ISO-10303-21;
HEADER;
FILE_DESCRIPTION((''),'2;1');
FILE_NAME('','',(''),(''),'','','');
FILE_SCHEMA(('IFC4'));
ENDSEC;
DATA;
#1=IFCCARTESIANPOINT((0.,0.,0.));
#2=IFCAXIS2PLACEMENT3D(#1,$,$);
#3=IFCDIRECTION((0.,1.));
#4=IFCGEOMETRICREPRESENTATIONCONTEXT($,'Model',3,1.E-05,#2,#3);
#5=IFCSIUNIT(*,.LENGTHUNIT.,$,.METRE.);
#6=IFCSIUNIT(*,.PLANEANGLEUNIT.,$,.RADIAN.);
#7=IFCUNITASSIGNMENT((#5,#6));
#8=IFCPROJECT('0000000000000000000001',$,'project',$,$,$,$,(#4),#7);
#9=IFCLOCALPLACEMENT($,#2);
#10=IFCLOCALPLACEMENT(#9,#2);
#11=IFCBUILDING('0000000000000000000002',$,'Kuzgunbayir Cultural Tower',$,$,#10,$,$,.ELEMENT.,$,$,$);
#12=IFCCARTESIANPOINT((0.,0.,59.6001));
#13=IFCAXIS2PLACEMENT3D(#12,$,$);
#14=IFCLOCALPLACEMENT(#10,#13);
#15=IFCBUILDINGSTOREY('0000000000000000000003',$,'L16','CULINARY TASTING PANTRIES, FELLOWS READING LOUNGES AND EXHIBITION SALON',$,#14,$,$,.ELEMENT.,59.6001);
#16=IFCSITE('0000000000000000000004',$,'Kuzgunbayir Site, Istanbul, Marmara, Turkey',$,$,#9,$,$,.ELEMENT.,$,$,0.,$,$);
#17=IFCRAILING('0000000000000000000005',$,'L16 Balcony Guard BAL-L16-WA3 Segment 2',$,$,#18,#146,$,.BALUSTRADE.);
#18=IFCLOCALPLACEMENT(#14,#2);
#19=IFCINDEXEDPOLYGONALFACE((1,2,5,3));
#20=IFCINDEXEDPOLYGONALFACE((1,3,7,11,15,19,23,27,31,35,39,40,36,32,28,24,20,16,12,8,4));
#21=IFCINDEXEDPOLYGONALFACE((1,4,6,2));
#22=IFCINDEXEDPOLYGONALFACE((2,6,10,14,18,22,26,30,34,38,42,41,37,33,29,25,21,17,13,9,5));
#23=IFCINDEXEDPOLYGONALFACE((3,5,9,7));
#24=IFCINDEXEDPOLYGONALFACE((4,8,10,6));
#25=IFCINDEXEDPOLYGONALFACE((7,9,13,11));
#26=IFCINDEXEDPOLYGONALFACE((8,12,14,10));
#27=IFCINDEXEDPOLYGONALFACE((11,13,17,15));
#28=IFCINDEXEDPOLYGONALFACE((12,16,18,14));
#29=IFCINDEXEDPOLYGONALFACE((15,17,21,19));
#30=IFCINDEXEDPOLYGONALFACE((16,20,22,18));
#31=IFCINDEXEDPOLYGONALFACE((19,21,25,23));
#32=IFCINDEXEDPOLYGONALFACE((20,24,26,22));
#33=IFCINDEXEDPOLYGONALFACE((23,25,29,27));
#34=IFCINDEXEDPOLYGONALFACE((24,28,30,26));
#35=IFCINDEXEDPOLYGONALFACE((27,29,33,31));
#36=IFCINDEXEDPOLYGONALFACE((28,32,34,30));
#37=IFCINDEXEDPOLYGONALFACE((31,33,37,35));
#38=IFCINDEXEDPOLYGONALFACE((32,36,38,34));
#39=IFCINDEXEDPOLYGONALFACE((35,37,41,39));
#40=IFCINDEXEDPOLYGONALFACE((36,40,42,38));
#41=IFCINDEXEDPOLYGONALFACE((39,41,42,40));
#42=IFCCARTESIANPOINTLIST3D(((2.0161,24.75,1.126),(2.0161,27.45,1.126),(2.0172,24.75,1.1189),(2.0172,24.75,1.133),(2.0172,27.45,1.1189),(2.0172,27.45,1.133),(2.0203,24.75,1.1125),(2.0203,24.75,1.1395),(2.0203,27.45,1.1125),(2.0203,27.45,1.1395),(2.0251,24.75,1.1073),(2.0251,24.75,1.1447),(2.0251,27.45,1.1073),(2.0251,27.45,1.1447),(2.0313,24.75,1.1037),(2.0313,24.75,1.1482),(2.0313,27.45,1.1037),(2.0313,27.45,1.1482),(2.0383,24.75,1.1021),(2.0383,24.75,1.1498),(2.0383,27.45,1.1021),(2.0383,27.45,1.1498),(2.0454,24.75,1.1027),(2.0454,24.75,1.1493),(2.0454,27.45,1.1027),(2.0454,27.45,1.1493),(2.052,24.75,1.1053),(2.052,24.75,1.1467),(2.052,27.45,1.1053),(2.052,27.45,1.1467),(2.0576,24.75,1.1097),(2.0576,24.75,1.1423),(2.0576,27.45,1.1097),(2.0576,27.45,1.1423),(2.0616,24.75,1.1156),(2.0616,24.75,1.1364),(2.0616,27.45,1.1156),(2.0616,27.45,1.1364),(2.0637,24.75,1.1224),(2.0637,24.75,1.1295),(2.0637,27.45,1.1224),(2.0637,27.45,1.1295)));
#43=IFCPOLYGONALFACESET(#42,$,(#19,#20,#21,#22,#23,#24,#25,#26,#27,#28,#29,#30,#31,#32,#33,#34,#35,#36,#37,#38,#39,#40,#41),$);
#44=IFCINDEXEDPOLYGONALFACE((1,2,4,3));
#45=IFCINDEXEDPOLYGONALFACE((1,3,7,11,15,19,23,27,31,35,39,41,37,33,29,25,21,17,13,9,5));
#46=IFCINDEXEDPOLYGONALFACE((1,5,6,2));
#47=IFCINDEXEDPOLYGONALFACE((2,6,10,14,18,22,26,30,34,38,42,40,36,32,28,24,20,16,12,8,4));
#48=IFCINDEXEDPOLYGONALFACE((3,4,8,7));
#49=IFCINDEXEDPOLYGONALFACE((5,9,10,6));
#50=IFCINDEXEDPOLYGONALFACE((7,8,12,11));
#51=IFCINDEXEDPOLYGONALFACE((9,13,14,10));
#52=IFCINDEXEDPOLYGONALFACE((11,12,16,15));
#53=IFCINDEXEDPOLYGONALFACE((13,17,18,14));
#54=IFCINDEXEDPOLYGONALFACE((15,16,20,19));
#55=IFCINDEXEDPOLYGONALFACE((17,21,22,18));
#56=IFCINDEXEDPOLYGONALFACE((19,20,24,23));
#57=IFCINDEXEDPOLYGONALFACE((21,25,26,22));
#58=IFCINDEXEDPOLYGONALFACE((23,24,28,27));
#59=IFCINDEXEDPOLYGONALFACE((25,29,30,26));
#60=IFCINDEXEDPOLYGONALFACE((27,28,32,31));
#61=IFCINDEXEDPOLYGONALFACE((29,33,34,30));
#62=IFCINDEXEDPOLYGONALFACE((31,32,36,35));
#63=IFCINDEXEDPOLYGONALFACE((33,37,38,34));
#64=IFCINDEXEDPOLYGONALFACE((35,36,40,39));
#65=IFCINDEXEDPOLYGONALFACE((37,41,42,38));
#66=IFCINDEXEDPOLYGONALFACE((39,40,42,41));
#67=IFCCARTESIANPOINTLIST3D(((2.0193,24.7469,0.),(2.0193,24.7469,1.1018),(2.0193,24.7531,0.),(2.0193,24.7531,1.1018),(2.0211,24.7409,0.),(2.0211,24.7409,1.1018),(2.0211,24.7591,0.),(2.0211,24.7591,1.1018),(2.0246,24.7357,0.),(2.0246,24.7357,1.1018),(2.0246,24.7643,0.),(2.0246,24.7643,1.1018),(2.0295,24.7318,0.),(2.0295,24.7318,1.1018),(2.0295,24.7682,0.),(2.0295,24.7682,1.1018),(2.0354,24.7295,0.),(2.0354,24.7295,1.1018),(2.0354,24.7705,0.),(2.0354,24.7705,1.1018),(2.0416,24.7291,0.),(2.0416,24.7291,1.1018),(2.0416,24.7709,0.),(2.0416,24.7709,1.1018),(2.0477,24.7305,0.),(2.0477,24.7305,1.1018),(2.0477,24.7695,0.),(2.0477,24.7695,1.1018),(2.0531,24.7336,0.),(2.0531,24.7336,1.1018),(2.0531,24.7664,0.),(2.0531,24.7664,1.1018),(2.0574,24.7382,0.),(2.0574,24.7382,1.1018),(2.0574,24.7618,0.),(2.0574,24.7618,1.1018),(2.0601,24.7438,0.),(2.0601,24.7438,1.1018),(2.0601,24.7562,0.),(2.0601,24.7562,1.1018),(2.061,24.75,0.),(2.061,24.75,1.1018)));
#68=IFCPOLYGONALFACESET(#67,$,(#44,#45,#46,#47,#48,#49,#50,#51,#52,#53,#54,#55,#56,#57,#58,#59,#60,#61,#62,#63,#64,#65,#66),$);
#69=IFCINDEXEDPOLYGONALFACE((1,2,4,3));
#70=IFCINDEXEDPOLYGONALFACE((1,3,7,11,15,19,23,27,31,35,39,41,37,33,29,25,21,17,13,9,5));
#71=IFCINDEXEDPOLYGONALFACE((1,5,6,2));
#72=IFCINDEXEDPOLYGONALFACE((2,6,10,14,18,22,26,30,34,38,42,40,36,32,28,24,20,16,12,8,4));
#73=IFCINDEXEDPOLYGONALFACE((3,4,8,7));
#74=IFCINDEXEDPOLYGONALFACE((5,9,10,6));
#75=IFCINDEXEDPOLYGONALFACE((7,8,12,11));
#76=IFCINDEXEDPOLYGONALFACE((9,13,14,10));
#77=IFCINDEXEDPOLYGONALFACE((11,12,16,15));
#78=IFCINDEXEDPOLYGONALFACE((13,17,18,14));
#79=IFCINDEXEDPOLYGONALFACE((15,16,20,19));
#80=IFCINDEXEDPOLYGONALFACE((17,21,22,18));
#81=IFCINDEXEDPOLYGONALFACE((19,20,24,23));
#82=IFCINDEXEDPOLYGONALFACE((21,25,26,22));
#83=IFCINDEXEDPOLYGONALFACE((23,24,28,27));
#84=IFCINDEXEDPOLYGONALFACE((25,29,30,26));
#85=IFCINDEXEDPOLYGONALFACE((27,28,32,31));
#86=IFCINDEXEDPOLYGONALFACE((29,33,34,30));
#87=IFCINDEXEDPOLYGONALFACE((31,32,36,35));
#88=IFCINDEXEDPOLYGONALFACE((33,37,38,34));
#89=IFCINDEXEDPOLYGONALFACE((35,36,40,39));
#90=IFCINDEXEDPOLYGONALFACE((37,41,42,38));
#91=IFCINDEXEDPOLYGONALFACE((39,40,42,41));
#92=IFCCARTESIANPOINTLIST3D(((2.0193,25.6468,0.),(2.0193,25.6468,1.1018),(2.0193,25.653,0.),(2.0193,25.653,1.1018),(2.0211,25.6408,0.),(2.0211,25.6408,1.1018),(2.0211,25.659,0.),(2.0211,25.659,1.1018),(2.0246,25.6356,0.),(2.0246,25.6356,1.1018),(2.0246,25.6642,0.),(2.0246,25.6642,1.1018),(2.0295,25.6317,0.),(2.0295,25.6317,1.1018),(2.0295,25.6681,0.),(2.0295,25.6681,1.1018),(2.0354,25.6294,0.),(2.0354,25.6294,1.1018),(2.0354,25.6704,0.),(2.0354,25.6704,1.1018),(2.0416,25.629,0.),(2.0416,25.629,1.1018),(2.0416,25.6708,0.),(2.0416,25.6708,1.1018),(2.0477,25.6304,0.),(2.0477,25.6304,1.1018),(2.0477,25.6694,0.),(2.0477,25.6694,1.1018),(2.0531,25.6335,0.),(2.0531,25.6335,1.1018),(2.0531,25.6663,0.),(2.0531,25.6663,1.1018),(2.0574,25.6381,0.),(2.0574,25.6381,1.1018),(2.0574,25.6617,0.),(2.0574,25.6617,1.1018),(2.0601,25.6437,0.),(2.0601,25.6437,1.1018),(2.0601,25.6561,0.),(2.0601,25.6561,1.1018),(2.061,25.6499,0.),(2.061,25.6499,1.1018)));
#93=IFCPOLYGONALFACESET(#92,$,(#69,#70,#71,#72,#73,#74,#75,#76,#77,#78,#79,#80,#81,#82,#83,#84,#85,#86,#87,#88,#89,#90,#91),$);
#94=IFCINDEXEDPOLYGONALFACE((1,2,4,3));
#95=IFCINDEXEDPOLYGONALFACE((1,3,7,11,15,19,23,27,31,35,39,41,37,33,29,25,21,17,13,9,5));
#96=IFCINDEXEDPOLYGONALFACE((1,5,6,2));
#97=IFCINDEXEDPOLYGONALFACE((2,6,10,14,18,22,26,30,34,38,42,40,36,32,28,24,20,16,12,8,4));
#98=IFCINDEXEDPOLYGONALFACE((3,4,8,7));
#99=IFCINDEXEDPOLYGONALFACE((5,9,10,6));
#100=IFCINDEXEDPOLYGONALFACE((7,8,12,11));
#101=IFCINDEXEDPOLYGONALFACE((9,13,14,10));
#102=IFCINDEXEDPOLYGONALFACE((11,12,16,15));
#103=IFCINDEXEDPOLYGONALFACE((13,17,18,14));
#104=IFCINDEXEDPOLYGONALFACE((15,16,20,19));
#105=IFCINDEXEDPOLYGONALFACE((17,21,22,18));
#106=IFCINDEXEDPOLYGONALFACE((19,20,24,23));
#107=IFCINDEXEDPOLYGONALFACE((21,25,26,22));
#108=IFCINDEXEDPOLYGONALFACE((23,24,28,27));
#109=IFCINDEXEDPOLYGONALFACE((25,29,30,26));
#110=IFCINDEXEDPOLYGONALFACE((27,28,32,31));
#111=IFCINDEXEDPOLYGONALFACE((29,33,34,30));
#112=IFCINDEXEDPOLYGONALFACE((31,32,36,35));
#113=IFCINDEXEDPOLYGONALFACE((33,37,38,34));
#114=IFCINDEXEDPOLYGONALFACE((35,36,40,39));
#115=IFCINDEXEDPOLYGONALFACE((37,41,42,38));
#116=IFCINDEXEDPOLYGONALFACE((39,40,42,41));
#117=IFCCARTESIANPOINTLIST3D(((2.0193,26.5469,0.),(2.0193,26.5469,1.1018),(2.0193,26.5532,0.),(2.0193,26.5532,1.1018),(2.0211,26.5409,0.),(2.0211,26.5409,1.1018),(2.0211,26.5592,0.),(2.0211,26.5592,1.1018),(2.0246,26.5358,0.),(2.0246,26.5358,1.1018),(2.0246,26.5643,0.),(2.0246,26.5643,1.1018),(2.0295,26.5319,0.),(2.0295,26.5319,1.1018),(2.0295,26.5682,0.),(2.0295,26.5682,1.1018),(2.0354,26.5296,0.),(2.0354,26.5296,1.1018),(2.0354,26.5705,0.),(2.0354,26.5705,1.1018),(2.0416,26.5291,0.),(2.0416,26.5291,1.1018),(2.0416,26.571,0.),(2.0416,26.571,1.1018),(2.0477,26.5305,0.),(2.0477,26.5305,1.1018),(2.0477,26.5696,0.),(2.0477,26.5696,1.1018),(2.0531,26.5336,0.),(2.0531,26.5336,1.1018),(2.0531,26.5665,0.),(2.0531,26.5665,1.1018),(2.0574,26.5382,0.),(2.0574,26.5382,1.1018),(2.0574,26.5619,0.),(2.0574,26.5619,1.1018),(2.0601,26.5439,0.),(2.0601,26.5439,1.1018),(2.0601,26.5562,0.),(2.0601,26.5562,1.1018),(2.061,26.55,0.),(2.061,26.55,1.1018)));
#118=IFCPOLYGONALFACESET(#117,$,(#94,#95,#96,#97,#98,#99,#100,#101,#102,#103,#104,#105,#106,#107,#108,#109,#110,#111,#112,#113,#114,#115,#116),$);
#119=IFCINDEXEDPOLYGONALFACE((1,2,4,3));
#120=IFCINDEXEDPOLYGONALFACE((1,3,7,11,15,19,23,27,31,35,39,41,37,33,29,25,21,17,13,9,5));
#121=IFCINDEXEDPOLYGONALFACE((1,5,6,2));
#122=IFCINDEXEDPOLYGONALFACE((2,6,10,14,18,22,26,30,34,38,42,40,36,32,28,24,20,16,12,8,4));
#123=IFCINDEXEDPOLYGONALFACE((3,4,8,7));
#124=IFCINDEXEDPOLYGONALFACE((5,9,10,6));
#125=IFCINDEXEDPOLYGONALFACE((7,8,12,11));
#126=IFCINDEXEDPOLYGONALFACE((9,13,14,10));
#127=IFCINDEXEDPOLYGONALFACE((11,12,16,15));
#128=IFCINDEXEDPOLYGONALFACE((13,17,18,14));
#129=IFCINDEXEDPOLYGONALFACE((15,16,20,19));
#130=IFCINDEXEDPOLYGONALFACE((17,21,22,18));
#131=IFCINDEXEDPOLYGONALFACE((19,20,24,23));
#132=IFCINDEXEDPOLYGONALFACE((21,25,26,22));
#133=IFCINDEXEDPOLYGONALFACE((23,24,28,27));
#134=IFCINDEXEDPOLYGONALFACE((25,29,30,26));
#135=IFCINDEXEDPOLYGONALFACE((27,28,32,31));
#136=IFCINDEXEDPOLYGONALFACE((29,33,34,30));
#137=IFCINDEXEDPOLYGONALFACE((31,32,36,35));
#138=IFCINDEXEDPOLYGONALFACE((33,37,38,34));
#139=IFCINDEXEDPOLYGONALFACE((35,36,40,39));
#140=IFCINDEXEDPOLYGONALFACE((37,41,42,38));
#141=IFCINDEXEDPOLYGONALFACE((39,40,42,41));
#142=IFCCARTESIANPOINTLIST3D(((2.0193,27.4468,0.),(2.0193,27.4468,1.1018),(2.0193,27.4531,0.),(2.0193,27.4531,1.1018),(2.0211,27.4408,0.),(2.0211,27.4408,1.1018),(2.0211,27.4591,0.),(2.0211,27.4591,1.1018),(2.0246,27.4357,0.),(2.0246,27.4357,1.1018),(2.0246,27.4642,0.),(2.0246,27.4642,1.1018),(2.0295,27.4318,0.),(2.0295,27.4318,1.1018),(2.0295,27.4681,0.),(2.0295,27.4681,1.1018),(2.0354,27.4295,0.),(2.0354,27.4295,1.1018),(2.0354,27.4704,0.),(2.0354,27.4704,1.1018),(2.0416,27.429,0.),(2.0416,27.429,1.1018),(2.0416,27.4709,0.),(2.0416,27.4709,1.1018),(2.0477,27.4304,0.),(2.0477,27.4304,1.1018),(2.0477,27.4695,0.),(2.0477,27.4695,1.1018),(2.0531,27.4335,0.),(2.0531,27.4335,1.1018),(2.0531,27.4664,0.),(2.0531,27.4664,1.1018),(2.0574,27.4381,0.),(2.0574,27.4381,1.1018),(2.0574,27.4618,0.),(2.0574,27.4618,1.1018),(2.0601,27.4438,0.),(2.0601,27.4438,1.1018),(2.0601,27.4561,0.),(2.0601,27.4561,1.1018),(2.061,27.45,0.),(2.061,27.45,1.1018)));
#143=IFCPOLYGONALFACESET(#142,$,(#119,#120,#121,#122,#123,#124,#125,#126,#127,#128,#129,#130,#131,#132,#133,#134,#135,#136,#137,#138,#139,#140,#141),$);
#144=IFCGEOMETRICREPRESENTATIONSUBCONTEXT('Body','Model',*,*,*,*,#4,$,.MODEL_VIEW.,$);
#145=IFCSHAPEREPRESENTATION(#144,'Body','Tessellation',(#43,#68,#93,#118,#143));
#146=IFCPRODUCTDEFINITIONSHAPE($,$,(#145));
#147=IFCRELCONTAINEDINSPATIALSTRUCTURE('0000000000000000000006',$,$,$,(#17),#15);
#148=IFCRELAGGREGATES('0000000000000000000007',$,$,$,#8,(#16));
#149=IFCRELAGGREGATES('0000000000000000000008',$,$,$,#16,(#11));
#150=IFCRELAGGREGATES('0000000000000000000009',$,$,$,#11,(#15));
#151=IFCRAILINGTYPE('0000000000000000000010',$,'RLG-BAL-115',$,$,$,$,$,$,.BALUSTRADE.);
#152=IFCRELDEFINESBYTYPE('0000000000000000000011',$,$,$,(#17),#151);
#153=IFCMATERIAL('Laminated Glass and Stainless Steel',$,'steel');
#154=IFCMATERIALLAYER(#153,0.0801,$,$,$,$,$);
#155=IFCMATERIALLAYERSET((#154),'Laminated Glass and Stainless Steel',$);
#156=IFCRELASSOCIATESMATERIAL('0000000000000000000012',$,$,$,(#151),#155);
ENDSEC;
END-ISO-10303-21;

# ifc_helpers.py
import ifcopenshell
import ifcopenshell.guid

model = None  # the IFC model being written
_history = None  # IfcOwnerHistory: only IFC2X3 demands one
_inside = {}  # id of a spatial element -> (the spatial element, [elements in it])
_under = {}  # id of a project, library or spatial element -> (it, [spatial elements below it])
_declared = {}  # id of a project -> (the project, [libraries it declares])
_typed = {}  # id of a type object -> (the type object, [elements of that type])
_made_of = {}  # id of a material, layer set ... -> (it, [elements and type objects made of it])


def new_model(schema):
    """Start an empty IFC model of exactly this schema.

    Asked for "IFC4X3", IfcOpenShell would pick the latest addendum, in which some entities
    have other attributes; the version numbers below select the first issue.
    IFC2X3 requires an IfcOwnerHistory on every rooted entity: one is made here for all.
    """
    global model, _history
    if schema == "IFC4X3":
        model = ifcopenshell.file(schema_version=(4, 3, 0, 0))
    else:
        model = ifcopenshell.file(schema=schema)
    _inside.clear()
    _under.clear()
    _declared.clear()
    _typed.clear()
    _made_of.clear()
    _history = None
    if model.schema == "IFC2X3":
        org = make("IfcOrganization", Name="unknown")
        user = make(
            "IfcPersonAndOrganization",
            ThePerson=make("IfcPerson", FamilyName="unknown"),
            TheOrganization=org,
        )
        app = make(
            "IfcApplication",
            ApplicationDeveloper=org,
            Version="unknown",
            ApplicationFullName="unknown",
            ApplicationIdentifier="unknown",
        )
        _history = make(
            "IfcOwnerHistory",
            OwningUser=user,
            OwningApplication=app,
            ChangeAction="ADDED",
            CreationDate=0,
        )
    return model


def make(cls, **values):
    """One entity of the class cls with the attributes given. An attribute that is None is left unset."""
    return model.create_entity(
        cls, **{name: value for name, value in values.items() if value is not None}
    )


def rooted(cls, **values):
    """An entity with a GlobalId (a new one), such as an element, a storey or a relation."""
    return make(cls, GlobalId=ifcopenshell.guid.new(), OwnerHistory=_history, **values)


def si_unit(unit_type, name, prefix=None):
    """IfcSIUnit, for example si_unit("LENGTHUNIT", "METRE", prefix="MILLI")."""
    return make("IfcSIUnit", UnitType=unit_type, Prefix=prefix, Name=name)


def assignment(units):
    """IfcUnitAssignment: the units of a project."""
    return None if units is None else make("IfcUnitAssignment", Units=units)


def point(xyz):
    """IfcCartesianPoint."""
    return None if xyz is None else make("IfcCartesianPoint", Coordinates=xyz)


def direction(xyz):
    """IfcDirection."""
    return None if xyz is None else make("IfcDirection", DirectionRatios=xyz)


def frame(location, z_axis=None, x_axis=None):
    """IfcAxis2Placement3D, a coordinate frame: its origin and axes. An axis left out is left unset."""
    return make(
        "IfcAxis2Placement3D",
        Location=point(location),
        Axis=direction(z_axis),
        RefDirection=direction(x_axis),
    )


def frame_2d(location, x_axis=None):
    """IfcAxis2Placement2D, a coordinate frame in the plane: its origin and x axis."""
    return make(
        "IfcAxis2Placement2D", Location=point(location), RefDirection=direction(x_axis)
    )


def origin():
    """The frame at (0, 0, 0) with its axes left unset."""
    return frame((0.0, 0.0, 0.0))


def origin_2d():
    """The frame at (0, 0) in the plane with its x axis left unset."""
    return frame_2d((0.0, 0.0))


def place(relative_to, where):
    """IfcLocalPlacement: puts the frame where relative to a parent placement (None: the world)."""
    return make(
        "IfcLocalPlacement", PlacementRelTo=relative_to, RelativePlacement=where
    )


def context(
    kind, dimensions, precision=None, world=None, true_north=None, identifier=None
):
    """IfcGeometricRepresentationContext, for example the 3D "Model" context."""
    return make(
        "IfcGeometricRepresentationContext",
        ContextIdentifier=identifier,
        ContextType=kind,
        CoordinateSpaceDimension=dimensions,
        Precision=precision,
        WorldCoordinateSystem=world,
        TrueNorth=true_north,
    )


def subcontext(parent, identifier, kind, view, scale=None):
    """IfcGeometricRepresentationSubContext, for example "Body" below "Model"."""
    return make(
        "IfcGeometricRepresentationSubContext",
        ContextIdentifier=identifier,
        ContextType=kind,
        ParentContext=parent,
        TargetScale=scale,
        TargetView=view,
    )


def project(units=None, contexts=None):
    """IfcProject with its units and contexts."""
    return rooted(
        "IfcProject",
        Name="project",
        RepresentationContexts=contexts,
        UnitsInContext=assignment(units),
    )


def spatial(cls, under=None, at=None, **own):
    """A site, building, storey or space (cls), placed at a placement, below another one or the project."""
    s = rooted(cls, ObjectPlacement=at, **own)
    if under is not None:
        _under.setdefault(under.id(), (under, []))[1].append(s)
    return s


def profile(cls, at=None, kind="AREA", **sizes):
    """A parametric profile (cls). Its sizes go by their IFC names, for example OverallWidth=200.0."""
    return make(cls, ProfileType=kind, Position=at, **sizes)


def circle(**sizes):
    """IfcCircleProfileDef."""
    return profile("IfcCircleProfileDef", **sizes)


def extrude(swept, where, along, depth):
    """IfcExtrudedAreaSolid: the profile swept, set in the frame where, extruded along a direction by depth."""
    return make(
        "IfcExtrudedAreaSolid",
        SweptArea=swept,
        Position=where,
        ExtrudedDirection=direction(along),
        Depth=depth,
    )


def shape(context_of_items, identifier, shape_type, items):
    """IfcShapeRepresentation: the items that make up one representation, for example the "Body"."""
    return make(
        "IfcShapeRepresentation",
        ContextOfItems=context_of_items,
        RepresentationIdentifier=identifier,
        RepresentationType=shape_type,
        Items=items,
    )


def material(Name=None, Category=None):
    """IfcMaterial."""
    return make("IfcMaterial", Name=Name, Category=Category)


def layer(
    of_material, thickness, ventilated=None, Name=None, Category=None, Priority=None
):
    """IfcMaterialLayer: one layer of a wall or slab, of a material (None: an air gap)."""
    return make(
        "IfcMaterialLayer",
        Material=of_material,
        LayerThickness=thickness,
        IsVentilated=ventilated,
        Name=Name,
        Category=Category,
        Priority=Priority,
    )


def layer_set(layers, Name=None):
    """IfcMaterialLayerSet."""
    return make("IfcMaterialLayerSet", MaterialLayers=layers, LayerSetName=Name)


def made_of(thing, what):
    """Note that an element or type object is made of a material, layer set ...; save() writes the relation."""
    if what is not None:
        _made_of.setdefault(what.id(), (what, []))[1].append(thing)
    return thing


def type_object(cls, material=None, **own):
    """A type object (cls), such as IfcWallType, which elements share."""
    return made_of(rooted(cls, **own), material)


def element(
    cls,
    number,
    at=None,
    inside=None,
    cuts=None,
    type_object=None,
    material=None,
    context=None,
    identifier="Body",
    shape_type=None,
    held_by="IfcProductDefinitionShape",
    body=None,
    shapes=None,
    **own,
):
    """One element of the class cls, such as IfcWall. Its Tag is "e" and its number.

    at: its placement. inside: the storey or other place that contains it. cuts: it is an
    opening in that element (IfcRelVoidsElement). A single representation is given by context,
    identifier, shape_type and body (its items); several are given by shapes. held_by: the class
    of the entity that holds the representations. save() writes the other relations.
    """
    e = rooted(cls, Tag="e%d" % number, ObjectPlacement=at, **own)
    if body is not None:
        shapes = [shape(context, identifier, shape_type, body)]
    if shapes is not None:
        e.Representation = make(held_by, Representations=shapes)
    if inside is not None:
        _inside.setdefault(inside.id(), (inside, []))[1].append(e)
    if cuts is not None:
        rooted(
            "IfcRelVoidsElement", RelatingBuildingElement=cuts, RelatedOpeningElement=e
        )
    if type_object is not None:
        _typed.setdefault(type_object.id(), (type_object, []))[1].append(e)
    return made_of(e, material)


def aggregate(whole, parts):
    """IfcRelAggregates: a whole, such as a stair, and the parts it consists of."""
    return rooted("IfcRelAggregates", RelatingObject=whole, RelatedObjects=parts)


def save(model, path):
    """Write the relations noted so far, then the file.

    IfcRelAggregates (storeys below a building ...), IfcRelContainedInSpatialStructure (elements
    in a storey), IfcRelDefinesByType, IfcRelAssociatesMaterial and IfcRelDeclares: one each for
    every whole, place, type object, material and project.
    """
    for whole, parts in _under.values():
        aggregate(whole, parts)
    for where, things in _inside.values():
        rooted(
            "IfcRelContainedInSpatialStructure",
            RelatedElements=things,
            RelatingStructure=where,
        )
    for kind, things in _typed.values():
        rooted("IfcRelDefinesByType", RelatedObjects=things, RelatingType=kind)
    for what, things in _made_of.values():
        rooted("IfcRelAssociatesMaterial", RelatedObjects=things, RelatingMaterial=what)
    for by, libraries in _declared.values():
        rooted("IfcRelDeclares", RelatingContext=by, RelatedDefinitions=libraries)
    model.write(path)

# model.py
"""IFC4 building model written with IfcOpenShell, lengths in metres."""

from ifc_helpers import new_model, si_unit, direction, frame, origin, origin_2d, place, context, subcontext, project, spatial, circle, extrude, material, layer, layer_set, type_object, element, save


model = new_model("IFC4")

# Units and contexts
model_context = context("Model", 3, precision=1e-05, world=origin(), true_north=direction((0.0, 1.0)))
body_context = subcontext(model_context, "Body", "Model", "MODEL_VIEW")
ifc_project = project(units=[si_unit("LENGTHUNIT", "METRE"), si_unit("PLANEANGLEUNIT", "RADIAN")], contexts=[model_context])

# Site, building, storey
site_placement = place(None, origin())
site = spatial("IfcSite", under=ifc_project, at=site_placement, Name="Kuzgunbayir Site, Istanbul, Marmara, Turkey", CompositionType="ELEMENT", RefElevation=0.0)
building_placement = place(site_placement, origin())
building = spatial("IfcBuilding", under=site, at=building_placement, Name="Kuzgunbayir Cultural Tower", CompositionType="ELEMENT")
storey_placement = place(building_placement, frame((0.0, 0.0, 59.6001)))
storey = spatial("IfcBuildingStorey", under=building, at=storey_placement, Name="L16", Description="CULINARY TASTING PANTRIES, FELLOWS READING LOUNGES AND EXHIBITION SALON", CompositionType="ELEMENT", Elevation=59.6001)

# Railing
ifc_material_1 = material(Name="Laminated Glass and Stainless Steel", Category="steel")
ifc_layer_1 = layer(ifc_material_1, 0.0801)
ifc_layer_set_1 = layer_set([ifc_layer_1], Name="Laminated Glass and Stainless Steel")
railing_type = type_object("IfcRailingType", Name="RLG-BAL-115", PredefinedType="BALUSTRADE", material=ifc_layer_set_1)
railing_1_placement = place(storey_placement, frame((2.04, 24.75, 0.0)))
element("IfcRailing", 1, at=railing_1_placement, inside=storey, type_object=railing_type, Name="L16 Balcony Guard BAL-L16-WA3 Segment 2", PredefinedType="BALUSTRADE", context=body_context, shape_type="SweptSolid", body=[
    extrude(circle(Radius=0.0239, at=origin_2d()), frame((0.0, 0.0, 1.126), z_axis=(0.0, 1.0, 0.0), x_axis=(-1.0, 0.0, 0.0)), (0.0, 0.0, 1.0), 2.7),
    extrude(circle(Radius=0.021, at=origin_2d()), origin(), (0.0, 0.0, 1.0), 1.1018),
    extrude(circle(Radius=0.021, at=origin_2d()), frame((0.0, 0.8999, 0.0)), (0.0, 0.0, 1.0), 1.1018),
    extrude(circle(Radius=0.021, at=origin_2d()), frame((0.0, 1.8, 0.0)), (0.0, 0.0, 1.0), 1.1018),
    extrude(circle(Radius=0.021, at=origin_2d()), frame((0.0, 2.7, 0.0)), (0.0, 0.0, 1.0), 1.1018),
])

save(model, "model.ifc")
